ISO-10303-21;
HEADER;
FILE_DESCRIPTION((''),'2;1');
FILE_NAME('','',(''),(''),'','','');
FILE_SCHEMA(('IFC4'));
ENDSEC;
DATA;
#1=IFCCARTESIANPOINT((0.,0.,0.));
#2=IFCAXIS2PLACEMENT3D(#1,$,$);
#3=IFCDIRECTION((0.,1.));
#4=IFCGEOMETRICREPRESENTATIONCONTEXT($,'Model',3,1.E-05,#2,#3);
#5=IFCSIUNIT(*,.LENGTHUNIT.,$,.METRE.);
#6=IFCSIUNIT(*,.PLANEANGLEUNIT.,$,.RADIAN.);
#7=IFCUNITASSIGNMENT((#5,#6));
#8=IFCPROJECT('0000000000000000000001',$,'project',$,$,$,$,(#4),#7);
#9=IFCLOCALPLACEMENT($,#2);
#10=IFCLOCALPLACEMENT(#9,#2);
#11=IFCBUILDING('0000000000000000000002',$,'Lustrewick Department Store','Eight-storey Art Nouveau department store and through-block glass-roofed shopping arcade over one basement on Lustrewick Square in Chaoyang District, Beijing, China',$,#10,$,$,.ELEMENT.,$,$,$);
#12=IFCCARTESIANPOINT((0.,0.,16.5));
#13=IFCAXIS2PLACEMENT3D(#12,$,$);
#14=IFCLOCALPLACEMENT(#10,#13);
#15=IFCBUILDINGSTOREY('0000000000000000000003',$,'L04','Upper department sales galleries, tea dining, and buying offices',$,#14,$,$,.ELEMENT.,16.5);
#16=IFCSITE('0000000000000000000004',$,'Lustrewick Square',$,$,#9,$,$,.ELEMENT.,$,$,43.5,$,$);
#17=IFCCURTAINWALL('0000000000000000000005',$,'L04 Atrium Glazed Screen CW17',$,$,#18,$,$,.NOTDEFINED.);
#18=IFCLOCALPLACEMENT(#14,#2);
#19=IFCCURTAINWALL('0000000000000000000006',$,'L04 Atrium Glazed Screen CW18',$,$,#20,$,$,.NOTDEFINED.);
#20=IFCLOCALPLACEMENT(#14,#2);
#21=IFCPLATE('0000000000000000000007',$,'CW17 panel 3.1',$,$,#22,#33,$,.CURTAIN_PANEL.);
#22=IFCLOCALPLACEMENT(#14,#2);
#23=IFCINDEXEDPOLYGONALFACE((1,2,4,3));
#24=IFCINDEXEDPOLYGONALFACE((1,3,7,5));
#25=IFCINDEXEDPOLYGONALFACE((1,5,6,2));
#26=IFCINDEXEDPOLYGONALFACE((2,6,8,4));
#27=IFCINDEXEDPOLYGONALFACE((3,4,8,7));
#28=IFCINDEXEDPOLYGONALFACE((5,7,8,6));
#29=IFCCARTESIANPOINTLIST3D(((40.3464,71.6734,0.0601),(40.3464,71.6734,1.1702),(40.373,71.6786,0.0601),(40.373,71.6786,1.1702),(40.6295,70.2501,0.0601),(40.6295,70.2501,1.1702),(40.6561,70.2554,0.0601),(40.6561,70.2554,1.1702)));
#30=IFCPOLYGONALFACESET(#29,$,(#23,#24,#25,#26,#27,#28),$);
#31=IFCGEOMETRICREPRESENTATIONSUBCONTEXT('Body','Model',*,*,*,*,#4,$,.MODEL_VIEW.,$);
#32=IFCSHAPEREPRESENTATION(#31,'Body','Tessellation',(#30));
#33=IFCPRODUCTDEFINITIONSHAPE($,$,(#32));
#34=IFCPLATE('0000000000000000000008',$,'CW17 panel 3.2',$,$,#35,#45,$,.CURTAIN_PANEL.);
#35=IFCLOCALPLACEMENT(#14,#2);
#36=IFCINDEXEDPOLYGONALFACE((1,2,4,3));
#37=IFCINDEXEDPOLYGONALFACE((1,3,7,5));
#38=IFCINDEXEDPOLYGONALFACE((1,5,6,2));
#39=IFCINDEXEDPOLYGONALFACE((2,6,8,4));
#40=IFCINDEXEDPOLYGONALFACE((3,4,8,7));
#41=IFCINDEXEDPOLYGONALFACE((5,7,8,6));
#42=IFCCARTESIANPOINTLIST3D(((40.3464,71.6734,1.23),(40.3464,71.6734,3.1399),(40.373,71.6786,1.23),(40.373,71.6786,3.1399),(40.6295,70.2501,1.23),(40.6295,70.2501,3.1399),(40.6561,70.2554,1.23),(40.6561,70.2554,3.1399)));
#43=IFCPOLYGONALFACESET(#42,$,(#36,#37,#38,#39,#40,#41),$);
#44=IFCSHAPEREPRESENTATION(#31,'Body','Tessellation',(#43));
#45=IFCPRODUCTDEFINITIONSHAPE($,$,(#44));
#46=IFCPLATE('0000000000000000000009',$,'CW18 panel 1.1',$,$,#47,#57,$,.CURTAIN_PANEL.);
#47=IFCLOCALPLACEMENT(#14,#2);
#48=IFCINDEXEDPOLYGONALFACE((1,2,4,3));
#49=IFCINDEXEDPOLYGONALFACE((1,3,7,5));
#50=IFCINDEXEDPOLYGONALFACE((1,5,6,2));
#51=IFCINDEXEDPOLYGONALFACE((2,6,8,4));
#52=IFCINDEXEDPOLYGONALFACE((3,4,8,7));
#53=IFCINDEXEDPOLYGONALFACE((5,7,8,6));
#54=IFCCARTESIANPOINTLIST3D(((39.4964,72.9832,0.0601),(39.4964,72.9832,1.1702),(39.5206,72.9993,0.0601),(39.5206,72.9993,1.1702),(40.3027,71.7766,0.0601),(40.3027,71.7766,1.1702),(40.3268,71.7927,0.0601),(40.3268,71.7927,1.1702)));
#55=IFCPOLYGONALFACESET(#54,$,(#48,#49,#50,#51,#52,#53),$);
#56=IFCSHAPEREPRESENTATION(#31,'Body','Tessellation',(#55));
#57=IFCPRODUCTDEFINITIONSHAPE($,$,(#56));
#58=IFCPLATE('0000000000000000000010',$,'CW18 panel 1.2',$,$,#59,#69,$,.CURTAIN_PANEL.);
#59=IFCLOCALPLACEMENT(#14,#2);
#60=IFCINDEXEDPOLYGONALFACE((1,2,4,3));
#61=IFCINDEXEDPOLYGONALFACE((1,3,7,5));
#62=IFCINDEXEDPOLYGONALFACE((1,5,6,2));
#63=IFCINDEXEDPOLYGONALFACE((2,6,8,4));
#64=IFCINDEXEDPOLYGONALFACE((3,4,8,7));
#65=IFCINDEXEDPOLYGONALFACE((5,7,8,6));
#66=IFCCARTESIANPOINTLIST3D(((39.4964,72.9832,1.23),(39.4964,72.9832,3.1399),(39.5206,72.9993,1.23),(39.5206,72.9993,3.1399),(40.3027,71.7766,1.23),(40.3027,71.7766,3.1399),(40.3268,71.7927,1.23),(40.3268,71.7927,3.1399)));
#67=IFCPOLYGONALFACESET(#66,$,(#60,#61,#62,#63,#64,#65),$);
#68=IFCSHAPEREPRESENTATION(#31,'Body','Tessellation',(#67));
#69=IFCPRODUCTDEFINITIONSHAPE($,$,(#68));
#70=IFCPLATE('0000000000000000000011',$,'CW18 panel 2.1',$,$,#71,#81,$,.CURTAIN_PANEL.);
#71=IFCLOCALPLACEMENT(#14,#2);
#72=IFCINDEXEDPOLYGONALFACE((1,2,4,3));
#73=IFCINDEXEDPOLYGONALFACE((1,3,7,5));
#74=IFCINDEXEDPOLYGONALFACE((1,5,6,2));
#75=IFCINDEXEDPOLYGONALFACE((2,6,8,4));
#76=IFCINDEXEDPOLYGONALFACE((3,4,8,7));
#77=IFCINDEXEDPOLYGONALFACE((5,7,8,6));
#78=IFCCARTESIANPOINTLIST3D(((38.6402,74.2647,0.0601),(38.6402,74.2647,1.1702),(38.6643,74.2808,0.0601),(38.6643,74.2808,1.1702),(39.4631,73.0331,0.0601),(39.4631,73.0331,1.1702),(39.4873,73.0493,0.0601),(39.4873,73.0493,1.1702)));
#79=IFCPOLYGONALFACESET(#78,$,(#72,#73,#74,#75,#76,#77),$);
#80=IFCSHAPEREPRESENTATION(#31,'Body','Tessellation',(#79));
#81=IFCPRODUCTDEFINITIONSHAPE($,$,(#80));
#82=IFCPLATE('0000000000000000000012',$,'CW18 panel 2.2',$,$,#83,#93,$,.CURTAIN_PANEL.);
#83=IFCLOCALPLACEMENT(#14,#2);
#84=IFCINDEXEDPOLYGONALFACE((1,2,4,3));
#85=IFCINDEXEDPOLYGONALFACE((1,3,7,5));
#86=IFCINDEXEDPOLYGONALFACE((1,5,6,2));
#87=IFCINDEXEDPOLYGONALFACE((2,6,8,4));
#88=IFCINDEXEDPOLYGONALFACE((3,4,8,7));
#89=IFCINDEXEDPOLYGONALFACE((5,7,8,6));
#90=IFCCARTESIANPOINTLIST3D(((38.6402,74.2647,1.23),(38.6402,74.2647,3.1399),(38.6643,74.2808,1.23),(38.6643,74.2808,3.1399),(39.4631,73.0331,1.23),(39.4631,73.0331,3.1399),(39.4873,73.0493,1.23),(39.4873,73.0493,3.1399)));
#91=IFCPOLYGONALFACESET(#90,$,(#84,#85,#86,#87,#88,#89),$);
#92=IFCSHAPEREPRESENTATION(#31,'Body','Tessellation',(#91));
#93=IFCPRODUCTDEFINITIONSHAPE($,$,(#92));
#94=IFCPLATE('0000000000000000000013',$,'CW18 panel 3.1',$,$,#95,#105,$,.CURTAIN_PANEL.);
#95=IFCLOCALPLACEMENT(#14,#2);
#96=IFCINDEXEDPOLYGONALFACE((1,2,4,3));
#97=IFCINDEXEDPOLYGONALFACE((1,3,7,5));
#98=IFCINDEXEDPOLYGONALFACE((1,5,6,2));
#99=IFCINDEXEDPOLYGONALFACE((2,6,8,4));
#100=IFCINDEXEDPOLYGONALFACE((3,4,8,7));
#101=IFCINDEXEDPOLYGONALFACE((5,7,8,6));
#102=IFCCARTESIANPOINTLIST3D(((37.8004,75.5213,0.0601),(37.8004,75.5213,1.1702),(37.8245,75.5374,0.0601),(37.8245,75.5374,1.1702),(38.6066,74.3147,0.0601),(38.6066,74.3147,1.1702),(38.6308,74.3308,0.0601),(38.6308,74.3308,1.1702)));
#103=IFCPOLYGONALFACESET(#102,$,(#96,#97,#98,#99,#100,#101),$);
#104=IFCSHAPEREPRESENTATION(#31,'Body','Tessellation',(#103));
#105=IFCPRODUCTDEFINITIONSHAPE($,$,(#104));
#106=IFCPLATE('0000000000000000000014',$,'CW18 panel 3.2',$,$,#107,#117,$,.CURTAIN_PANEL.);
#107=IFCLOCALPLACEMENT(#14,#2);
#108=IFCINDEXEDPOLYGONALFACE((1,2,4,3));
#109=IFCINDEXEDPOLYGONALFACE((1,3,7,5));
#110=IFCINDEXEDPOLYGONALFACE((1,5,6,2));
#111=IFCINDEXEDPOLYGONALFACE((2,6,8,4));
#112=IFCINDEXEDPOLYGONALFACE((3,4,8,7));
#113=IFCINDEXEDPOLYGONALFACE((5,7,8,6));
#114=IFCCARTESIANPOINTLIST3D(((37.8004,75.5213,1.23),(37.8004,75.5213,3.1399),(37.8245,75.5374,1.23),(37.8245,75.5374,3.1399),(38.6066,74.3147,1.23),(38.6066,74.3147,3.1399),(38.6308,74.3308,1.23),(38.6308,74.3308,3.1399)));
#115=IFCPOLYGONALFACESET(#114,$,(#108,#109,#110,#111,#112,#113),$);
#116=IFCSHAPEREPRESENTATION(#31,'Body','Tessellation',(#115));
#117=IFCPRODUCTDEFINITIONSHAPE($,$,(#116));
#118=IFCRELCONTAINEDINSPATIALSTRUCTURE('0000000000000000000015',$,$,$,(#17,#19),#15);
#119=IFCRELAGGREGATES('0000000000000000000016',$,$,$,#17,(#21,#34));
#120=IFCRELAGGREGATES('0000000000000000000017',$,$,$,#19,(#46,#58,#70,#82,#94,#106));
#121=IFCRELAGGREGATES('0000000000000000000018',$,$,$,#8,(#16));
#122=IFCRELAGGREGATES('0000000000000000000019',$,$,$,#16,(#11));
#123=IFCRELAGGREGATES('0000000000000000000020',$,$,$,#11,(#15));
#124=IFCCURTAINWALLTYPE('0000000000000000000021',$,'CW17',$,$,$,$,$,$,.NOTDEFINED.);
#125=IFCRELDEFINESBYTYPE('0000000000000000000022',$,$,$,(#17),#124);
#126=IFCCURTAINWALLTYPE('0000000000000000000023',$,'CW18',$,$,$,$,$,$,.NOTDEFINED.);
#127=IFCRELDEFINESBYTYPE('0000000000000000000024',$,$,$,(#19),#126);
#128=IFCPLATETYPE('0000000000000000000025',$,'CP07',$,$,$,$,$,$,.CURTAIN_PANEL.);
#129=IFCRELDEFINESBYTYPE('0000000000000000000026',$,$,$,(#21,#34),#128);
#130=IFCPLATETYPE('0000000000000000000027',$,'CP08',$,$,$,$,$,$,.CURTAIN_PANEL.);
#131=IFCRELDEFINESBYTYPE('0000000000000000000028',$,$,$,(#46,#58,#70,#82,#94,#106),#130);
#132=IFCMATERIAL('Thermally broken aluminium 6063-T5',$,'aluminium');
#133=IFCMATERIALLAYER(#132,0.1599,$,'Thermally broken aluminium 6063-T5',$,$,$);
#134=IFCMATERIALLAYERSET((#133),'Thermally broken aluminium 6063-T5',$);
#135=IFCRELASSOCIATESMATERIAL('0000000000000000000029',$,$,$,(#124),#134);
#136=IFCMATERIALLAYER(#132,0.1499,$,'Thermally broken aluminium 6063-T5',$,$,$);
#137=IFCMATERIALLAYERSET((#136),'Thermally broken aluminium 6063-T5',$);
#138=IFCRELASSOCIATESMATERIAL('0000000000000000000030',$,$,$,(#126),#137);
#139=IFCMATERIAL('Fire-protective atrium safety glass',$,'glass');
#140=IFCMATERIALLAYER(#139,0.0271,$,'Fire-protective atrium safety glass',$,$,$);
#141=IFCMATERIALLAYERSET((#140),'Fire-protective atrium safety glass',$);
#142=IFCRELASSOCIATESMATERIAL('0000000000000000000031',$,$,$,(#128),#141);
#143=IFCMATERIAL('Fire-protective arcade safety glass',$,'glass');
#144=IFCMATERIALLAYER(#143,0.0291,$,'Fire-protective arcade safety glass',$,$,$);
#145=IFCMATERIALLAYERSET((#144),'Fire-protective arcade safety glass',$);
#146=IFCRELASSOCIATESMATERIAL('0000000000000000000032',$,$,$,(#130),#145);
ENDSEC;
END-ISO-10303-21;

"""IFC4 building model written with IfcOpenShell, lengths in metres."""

from ifc_helpers import new_model, si_unit, direction, frame, origin, origin_2d, place, context, subcontext, project, spatial, rectangle, extrude, material, layer, layer_set, type_object, element, aggregate, save


model = new_model("IFC4")

# Units and contexts
model_context = context("Model", 3, precision=1e-05, world=origin(), true_north=direction((0.0, 1.0)))
body_context = subcontext(model_context, "Body", "Model", "MODEL_VIEW")
ifc_project = project(units=[si_unit("LENGTHUNIT", "METRE"), si_unit("PLANEANGLEUNIT", "RADIAN")], contexts=[model_context])

# Site, building, storey
site_placement = place(None, origin())
site = spatial("IfcSite", under=ifc_project, at=site_placement, Name="Lustrewick Square", CompositionType="ELEMENT", RefElevation=43.5)
building_placement = place(site_placement, origin())
building = spatial("IfcBuilding", under=site, at=building_placement, Name="Lustrewick Department Store", Description="Eight-storey Art Nouveau department store and through-block glass-roofed shopping arcade over one basement on Lustrewick Square in Chaoyang District, Beijing, China", CompositionType="ELEMENT")
storey_placement = place(building_placement, frame((0.0, 0.0, 16.5)))
storey = spatial("IfcBuildingStorey", under=building, at=storey_placement, Name="L04", Description="Upper department sales galleries, tea dining, and buying offices", CompositionType="ELEMENT", Elevation=16.5)

# Shared definitions
ifc_material_1 = material(Name="Thermally broken aluminium 6063-T5", Category="aluminium")

# Curtain wall
ifc_layer_1 = layer(ifc_material_1, 0.1599, Name="Thermally broken aluminium 6063-T5")
ifc_layer_set_1 = layer_set([ifc_layer_1], Name="Thermally broken aluminium 6063-T5")
curtain_wall_type_1 = type_object("IfcCurtainWallType", Name="CW17", PredefinedType="NOTDEFINED", material=ifc_layer_set_1)
curtain_wall_1_placement = place(storey_placement, origin())
curtain_wall_1 = element("IfcCurtainWall", 1, at=curtain_wall_1_placement, inside=storey, type_object=curtain_wall_type_1, Name="L04 Atrium Glazed Screen CW17", PredefinedType="NOTDEFINED")

# Curtain wall
ifc_layer_2 = layer(ifc_material_1, 0.1499, Name="Thermally broken aluminium 6063-T5")
ifc_layer_set_2 = layer_set([ifc_layer_2], Name="Thermally broken aluminium 6063-T5")
curtain_wall_type_2 = type_object("IfcCurtainWallType", Name="CW18", PredefinedType="NOTDEFINED", material=ifc_layer_set_2)
curtain_wall_2_placement = place(storey_placement, origin())
curtain_wall_2 = element("IfcCurtainWall", 2, at=curtain_wall_2_placement, inside=storey, type_object=curtain_wall_type_2, Name="L04 Atrium Glazed Screen CW18", PredefinedType="NOTDEFINED")

# Plates
ifc_material_2 = material(Name="Fire-protective atrium safety glass", Category="glass")
ifc_layer_3 = layer(ifc_material_2, 0.0271, Name="Fire-protective atrium safety glass")
ifc_layer_set_3 = layer_set([ifc_layer_3], Name="Fire-protective atrium safety glass")
plate_type_1 = type_object("IfcPlateType", Name="CP07", PredefinedType="CURTAIN_PANEL", material=ifc_layer_set_3)
plate_1_placement = place(storey_placement, frame((40.5012, 70.9644, 0.0601), z_axis=(0.0, 0.0, 1.0), x_axis=(-0.195085, 0.980786, 0.0)))
plate_1 = element("IfcPlate", 3, at=plate_1_placement, type_object=plate_type_1, Name="CW17 panel 3.1", PredefinedType="CURTAIN_PANEL", context=body_context, shape_type="SweptSolid", body=[
    extrude(rectangle(XDim=1.4512, YDim=0.0271, at=origin_2d()), origin(), (0.0, 0.0, 1.0), 1.1101),
])
plate_2_placement = place(storey_placement, frame((40.5012, 70.9644, 1.23), z_axis=(0.0, 0.0, 1.0), x_axis=(-0.195085, 0.980786, 0.0)))
plate_2 = element("IfcPlate", 4, at=plate_2_placement, type_object=plate_type_1, Name="CW17 panel 3.2", PredefinedType="CURTAIN_PANEL", context=body_context, shape_type="SweptSolid", body=[
    extrude(rectangle(XDim=1.4512, YDim=0.0271, at=origin_2d()), origin(), (0.0, 0.0, 1.0), 1.9099),
])
aggregate(curtain_wall_1, [plate_1, plate_2])
ifc_material_3 = material(Name="Fire-protective arcade safety glass", Category="glass")
ifc_layer_4 = layer(ifc_material_3, 0.0291, Name="Fire-protective arcade safety glass")
ifc_layer_set_4 = layer_set([ifc_layer_4], Name="Fire-protective arcade safety glass")
plate_type_2 = type_object("IfcPlateType", Name="CP08", PredefinedType="CURTAIN_PANEL", material=ifc_layer_set_4)
plate_3_placement = place(storey_placement, frame((39.9116, 72.3879, 0.0601), z_axis=(0.0, 0.0, 1.0), x_axis=(-0.555578, 0.831464, 0.0)))
plate_3 = element("IfcPlate", 5, at=plate_3_placement, type_object=plate_type_2, Name="CW18 panel 1.1", PredefinedType="CURTAIN_PANEL", context=body_context, shape_type="SweptSolid", body=[
    extrude(rectangle(XDim=1.4512, YDim=0.0291, at=origin_2d()), origin(), (0.0, 0.0, 1.0), 1.1101),
])
plate_4_placement = place(storey_placement, frame((39.9116, 72.3879, 1.23), z_axis=(0.0, 0.0, 1.0), x_axis=(-0.555578, 0.831464, 0.0)))
plate_4 = element("IfcPlate", 6, at=plate_4_placement, type_object=plate_type_2, Name="CW18 panel 1.2", PredefinedType="CURTAIN_PANEL", context=body_context, shape_type="SweptSolid", body=[
    extrude(rectangle(XDim=1.4512, YDim=0.0291, at=origin_2d()), origin(), (0.0, 0.0, 1.0), 1.9099),
])
plate_5_placement = place(storey_placement, frame((39.0637, 73.657, 0.0601), z_axis=(0.0, 0.0, 1.0), x_axis=(-0.555578, 0.831464, 0.0)))
plate_5 = element("IfcPlate", 7, at=plate_5_placement, type_object=plate_type_2, Name="CW18 panel 2.1", PredefinedType="CURTAIN_PANEL", context=body_context, shape_type="SweptSolid", body=[
    extrude(rectangle(XDim=1.4812, YDim=0.0291, at=origin_2d()), origin(), (0.0, 0.0, 1.0), 1.1101),
])
plate_6_placement = place(storey_placement, frame((39.0637, 73.657, 1.23), z_axis=(0.0, 0.0, 1.0), x_axis=(-0.555578, 0.831464, 0.0)))
plate_6 = element("IfcPlate", 8, at=plate_6_placement, type_object=plate_type_2, Name="CW18 panel 2.2", PredefinedType="CURTAIN_PANEL", context=body_context, shape_type="SweptSolid", body=[
    extrude(rectangle(XDim=1.4812, YDim=0.0291, at=origin_2d()), origin(), (0.0, 0.0, 1.0), 1.9099),
])
plate_7_placement = place(storey_placement, frame((38.2156, 74.926, 0.0601), z_axis=(0.0, 0.0, 1.0), x_axis=(-0.555578, 0.831464, 0.0)))
plate_7 = element("IfcPlate", 9, at=plate_7_placement, type_object=plate_type_2, Name="CW18 panel 3.1", PredefinedType="CURTAIN_PANEL", context=body_context, shape_type="SweptSolid", body=[
    extrude(rectangle(XDim=1.4512, YDim=0.0291, at=origin_2d()), origin(), (0.0, 0.0, 1.0), 1.1101),
])
plate_8_placement = place(storey_placement, frame((38.2156, 74.926, 1.23), z_axis=(0.0, 0.0, 1.0), x_axis=(-0.555578, 0.831464, 0.0)))
plate_8 = element("IfcPlate", 10, at=plate_8_placement, type_object=plate_type_2, Name="CW18 panel 3.2", PredefinedType="CURTAIN_PANEL", context=body_context, shape_type="SweptSolid", body=[
    extrude(rectangle(XDim=1.4512, YDim=0.0291, at=origin_2d()), origin(), (0.0, 0.0, 1.0), 1.9099),
])
aggregate(curtain_wall_2, [plate_3, plate_4, plate_5, plate_6, plate_7, plate_8])

save(model, "model.ifc")
